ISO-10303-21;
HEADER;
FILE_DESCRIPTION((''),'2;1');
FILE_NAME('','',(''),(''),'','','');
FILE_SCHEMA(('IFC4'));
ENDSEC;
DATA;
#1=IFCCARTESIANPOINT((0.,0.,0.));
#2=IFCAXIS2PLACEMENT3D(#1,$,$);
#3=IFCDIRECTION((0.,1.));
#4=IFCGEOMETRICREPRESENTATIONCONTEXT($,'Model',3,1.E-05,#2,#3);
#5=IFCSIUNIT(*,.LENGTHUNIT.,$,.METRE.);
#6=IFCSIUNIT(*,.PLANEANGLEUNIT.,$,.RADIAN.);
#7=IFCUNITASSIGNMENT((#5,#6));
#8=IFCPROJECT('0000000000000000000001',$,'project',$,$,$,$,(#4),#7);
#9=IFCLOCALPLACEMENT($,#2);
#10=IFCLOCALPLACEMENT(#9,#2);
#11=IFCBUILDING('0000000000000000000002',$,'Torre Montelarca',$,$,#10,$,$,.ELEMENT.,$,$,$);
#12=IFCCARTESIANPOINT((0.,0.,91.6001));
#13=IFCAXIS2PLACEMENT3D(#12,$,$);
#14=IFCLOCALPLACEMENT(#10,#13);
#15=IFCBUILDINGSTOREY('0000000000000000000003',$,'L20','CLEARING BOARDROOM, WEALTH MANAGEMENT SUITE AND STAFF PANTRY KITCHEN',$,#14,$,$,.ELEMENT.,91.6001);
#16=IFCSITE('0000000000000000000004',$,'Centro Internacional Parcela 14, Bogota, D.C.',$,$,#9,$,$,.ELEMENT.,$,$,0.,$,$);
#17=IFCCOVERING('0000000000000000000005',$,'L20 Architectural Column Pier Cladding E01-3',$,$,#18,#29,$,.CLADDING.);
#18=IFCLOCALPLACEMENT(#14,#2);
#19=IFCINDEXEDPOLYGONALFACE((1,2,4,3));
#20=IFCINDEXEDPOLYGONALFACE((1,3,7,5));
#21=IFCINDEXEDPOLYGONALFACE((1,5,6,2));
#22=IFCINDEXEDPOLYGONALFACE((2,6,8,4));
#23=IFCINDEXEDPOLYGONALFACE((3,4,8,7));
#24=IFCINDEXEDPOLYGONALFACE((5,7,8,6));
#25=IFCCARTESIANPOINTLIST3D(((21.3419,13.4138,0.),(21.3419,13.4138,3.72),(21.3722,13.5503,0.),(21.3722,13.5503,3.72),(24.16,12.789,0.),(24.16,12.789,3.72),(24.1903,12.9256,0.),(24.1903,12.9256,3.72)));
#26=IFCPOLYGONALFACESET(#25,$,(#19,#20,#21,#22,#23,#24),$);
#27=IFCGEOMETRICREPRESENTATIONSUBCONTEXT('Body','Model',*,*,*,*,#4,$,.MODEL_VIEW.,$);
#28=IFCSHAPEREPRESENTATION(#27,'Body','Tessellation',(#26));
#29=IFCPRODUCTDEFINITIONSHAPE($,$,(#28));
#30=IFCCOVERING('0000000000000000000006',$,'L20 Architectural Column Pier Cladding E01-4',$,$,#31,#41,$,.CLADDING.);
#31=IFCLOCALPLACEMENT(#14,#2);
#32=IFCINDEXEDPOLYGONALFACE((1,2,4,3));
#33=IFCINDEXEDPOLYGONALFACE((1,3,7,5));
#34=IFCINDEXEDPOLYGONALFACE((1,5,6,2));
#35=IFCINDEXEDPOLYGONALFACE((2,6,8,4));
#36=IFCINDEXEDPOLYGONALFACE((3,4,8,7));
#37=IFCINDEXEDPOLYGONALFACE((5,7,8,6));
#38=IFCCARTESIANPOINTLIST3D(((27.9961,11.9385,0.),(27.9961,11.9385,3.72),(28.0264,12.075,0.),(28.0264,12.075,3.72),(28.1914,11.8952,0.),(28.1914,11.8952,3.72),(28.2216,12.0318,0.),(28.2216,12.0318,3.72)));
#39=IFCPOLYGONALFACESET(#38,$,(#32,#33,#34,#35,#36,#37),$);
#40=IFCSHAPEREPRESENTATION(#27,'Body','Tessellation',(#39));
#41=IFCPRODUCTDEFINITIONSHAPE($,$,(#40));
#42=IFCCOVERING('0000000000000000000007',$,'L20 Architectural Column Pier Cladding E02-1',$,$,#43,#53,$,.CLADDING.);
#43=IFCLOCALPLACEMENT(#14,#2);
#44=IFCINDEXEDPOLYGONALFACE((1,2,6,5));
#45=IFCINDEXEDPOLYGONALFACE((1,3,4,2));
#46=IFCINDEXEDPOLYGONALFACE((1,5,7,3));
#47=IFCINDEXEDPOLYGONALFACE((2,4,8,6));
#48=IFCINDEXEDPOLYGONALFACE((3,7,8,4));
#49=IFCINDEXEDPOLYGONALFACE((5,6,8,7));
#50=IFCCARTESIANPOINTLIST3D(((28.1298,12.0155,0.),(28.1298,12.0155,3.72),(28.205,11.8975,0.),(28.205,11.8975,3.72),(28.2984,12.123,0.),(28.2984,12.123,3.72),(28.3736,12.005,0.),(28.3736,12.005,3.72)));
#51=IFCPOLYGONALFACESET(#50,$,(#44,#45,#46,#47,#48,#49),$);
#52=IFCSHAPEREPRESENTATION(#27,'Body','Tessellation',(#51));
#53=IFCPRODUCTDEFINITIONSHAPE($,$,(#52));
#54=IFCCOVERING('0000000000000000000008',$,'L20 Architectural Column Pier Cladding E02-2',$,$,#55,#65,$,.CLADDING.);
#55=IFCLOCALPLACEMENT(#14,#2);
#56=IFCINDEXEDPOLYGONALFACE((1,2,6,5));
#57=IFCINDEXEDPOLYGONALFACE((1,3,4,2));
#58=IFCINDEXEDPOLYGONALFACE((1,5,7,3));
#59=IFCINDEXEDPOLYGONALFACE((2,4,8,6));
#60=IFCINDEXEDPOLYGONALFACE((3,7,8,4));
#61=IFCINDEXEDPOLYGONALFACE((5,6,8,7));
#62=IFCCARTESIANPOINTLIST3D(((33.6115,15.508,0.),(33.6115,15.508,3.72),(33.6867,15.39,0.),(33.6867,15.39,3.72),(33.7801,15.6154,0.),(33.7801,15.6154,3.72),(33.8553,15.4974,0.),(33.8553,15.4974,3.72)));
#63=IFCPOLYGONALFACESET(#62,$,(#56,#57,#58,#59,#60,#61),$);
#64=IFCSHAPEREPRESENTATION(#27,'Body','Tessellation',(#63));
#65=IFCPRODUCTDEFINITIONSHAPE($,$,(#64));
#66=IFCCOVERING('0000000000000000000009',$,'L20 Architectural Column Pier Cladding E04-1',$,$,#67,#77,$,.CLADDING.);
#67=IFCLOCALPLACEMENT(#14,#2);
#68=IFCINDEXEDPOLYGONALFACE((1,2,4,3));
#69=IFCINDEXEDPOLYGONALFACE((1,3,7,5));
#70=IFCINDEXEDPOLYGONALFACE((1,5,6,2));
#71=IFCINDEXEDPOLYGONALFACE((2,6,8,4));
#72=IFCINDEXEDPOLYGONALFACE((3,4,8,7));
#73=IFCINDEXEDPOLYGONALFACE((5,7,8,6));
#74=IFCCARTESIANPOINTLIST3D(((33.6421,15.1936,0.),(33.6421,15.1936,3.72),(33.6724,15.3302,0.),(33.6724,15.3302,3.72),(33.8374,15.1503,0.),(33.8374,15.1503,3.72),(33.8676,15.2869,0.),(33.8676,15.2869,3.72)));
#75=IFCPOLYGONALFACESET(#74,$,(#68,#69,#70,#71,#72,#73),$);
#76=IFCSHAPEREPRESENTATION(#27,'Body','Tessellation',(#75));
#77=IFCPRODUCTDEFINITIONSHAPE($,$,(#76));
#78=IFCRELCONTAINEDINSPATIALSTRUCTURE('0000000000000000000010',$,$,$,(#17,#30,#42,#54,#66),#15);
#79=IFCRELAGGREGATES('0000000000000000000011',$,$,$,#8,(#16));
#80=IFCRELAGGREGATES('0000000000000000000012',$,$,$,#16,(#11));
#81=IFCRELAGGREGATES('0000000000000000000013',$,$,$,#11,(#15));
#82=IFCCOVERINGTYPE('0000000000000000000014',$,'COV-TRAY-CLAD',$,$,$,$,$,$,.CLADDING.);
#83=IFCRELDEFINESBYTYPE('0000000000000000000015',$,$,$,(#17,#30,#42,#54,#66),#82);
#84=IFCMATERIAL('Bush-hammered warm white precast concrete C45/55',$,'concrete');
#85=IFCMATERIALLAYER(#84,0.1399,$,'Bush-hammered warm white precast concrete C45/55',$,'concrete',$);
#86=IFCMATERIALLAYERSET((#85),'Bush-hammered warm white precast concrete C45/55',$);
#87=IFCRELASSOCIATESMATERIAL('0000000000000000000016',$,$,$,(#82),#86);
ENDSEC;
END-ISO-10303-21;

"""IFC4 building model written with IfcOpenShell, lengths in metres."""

from ifc_helpers import new_model, si_unit, direction, frame, origin, origin_2d, place, context, subcontext, project, spatial, rectangle, extrude, source, transform, mapped, material, layer, layer_set, type_object, element, save


model = new_model("IFC4")

# Units and contexts
model_context = context("Model", 3, precision=1e-05, world=origin(), true_north=direction((0.0, 1.0)))
body_context = subcontext(model_context, "Body", "Model", "MODEL_VIEW")
ifc_project = project(units=[si_unit("LENGTHUNIT", "METRE"), si_unit("PLANEANGLEUNIT", "RADIAN")], contexts=[model_context])

# Site, building, storey
site_placement = place(None, origin())
site = spatial("IfcSite", under=ifc_project, at=site_placement, Name="Centro Internacional Parcela 14, Bogota, D.C.", CompositionType="ELEMENT", RefElevation=0.0)
building_placement = place(site_placement, origin())
building = spatial("IfcBuilding", under=site, at=building_placement, Name="Torre Montelarca", CompositionType="ELEMENT")
storey_placement = place(building_placement, frame((0.0, 0.0, 91.6001)))
storey = spatial("IfcBuildingStorey", under=building, at=storey_placement, Name="L20", Description="CLEARING BOARDROOM, WEALTH MANAGEMENT SUITE AND STAFF PANTRY KITCHEN", CompositionType="ELEMENT", Elevation=91.6001)

# Coverings
ifc_material_1 = material(Name="Bush-hammered warm white precast concrete C45/55", Category="concrete")
ifc_layer_1 = layer(ifc_material_1, 0.1399, Name="Bush-hammered warm white precast concrete C45/55", Category="concrete")
ifc_layer_set_1 = layer_set([ifc_layer_1], Name="Bush-hammered warm white precast concrete C45/55")
covering_type = type_object("IfcCoveringType", Name="COV-TRAY-CLAD", PredefinedType="CLADDING", material=ifc_layer_set_1)
shared_shape_1 = source(origin(), body_context, "Body", "SweptSolid", [
    extrude(rectangle(XDim=2.8865, YDim=0.1399, at=origin_2d()), origin(), (0.0, 0.0, 1.0), 3.72),
])
covering_1_placement = place(storey_placement, frame((22.7661, 13.1697, 0.0), z_axis=(0.0, 0.0, 1.0), x_axis=(0.976296, -0.21644, 0.0)))
element("IfcCovering", 1, at=covering_1_placement, inside=storey, type_object=covering_type, Name="L20 Architectural Column Pier Cladding E01-3", PredefinedType="CLADDING", context=body_context, shape_type="MappedRepresentation", body=[
    mapped(shared_shape_1, transform((0.0, 0.0, 0.0), scale=1.0)),
])
shared_shape_2 = source(origin(), body_context, "Body", "SweptSolid", [
    extrude(rectangle(XDim=0.2, YDim=0.1399, at=origin_2d()), origin(), (0.0, 0.0, 1.0), 3.72),
])
for number, where, z_axis, x_axis, name in (
    (2, (28.1089, 11.9851, 0.0), (0.0, 0.0, 1.0), (0.976296, -0.21644, 0.0), "L20 Architectural Column Pier Cladding E01-4"),
    (3, (28.2517, 12.0103, 0.0), (0.0, 0.0, 1.0), (0.843384, 0.537311, 0.0), "L20 Architectural Column Pier Cladding E02-1"),
    (4, (33.7334, 15.5027, 0.0), (0.0, 0.0, 1.0), (0.843384, 0.537311, 0.0), "L20 Architectural Column Pier Cladding E02-2"),
    (5, (33.7549, 15.2402, 0.0), (0.0, 0.0, 1.0), (0.976298, -0.216433, 0.0), "L20 Architectural Column Pier Cladding E04-1"),
):
    element("IfcCovering", number, at=place(storey_placement, frame(where, z_axis=z_axis, x_axis=x_axis)), inside=storey, type_object=covering_type, Name=name, PredefinedType="CLADDING", context=body_context, shape_type="MappedRepresentation", body=[
        mapped(shared_shape_2, transform((0.0, 0.0, 0.0), scale=1.0)),
    ])

save(model, "model.ifc")
